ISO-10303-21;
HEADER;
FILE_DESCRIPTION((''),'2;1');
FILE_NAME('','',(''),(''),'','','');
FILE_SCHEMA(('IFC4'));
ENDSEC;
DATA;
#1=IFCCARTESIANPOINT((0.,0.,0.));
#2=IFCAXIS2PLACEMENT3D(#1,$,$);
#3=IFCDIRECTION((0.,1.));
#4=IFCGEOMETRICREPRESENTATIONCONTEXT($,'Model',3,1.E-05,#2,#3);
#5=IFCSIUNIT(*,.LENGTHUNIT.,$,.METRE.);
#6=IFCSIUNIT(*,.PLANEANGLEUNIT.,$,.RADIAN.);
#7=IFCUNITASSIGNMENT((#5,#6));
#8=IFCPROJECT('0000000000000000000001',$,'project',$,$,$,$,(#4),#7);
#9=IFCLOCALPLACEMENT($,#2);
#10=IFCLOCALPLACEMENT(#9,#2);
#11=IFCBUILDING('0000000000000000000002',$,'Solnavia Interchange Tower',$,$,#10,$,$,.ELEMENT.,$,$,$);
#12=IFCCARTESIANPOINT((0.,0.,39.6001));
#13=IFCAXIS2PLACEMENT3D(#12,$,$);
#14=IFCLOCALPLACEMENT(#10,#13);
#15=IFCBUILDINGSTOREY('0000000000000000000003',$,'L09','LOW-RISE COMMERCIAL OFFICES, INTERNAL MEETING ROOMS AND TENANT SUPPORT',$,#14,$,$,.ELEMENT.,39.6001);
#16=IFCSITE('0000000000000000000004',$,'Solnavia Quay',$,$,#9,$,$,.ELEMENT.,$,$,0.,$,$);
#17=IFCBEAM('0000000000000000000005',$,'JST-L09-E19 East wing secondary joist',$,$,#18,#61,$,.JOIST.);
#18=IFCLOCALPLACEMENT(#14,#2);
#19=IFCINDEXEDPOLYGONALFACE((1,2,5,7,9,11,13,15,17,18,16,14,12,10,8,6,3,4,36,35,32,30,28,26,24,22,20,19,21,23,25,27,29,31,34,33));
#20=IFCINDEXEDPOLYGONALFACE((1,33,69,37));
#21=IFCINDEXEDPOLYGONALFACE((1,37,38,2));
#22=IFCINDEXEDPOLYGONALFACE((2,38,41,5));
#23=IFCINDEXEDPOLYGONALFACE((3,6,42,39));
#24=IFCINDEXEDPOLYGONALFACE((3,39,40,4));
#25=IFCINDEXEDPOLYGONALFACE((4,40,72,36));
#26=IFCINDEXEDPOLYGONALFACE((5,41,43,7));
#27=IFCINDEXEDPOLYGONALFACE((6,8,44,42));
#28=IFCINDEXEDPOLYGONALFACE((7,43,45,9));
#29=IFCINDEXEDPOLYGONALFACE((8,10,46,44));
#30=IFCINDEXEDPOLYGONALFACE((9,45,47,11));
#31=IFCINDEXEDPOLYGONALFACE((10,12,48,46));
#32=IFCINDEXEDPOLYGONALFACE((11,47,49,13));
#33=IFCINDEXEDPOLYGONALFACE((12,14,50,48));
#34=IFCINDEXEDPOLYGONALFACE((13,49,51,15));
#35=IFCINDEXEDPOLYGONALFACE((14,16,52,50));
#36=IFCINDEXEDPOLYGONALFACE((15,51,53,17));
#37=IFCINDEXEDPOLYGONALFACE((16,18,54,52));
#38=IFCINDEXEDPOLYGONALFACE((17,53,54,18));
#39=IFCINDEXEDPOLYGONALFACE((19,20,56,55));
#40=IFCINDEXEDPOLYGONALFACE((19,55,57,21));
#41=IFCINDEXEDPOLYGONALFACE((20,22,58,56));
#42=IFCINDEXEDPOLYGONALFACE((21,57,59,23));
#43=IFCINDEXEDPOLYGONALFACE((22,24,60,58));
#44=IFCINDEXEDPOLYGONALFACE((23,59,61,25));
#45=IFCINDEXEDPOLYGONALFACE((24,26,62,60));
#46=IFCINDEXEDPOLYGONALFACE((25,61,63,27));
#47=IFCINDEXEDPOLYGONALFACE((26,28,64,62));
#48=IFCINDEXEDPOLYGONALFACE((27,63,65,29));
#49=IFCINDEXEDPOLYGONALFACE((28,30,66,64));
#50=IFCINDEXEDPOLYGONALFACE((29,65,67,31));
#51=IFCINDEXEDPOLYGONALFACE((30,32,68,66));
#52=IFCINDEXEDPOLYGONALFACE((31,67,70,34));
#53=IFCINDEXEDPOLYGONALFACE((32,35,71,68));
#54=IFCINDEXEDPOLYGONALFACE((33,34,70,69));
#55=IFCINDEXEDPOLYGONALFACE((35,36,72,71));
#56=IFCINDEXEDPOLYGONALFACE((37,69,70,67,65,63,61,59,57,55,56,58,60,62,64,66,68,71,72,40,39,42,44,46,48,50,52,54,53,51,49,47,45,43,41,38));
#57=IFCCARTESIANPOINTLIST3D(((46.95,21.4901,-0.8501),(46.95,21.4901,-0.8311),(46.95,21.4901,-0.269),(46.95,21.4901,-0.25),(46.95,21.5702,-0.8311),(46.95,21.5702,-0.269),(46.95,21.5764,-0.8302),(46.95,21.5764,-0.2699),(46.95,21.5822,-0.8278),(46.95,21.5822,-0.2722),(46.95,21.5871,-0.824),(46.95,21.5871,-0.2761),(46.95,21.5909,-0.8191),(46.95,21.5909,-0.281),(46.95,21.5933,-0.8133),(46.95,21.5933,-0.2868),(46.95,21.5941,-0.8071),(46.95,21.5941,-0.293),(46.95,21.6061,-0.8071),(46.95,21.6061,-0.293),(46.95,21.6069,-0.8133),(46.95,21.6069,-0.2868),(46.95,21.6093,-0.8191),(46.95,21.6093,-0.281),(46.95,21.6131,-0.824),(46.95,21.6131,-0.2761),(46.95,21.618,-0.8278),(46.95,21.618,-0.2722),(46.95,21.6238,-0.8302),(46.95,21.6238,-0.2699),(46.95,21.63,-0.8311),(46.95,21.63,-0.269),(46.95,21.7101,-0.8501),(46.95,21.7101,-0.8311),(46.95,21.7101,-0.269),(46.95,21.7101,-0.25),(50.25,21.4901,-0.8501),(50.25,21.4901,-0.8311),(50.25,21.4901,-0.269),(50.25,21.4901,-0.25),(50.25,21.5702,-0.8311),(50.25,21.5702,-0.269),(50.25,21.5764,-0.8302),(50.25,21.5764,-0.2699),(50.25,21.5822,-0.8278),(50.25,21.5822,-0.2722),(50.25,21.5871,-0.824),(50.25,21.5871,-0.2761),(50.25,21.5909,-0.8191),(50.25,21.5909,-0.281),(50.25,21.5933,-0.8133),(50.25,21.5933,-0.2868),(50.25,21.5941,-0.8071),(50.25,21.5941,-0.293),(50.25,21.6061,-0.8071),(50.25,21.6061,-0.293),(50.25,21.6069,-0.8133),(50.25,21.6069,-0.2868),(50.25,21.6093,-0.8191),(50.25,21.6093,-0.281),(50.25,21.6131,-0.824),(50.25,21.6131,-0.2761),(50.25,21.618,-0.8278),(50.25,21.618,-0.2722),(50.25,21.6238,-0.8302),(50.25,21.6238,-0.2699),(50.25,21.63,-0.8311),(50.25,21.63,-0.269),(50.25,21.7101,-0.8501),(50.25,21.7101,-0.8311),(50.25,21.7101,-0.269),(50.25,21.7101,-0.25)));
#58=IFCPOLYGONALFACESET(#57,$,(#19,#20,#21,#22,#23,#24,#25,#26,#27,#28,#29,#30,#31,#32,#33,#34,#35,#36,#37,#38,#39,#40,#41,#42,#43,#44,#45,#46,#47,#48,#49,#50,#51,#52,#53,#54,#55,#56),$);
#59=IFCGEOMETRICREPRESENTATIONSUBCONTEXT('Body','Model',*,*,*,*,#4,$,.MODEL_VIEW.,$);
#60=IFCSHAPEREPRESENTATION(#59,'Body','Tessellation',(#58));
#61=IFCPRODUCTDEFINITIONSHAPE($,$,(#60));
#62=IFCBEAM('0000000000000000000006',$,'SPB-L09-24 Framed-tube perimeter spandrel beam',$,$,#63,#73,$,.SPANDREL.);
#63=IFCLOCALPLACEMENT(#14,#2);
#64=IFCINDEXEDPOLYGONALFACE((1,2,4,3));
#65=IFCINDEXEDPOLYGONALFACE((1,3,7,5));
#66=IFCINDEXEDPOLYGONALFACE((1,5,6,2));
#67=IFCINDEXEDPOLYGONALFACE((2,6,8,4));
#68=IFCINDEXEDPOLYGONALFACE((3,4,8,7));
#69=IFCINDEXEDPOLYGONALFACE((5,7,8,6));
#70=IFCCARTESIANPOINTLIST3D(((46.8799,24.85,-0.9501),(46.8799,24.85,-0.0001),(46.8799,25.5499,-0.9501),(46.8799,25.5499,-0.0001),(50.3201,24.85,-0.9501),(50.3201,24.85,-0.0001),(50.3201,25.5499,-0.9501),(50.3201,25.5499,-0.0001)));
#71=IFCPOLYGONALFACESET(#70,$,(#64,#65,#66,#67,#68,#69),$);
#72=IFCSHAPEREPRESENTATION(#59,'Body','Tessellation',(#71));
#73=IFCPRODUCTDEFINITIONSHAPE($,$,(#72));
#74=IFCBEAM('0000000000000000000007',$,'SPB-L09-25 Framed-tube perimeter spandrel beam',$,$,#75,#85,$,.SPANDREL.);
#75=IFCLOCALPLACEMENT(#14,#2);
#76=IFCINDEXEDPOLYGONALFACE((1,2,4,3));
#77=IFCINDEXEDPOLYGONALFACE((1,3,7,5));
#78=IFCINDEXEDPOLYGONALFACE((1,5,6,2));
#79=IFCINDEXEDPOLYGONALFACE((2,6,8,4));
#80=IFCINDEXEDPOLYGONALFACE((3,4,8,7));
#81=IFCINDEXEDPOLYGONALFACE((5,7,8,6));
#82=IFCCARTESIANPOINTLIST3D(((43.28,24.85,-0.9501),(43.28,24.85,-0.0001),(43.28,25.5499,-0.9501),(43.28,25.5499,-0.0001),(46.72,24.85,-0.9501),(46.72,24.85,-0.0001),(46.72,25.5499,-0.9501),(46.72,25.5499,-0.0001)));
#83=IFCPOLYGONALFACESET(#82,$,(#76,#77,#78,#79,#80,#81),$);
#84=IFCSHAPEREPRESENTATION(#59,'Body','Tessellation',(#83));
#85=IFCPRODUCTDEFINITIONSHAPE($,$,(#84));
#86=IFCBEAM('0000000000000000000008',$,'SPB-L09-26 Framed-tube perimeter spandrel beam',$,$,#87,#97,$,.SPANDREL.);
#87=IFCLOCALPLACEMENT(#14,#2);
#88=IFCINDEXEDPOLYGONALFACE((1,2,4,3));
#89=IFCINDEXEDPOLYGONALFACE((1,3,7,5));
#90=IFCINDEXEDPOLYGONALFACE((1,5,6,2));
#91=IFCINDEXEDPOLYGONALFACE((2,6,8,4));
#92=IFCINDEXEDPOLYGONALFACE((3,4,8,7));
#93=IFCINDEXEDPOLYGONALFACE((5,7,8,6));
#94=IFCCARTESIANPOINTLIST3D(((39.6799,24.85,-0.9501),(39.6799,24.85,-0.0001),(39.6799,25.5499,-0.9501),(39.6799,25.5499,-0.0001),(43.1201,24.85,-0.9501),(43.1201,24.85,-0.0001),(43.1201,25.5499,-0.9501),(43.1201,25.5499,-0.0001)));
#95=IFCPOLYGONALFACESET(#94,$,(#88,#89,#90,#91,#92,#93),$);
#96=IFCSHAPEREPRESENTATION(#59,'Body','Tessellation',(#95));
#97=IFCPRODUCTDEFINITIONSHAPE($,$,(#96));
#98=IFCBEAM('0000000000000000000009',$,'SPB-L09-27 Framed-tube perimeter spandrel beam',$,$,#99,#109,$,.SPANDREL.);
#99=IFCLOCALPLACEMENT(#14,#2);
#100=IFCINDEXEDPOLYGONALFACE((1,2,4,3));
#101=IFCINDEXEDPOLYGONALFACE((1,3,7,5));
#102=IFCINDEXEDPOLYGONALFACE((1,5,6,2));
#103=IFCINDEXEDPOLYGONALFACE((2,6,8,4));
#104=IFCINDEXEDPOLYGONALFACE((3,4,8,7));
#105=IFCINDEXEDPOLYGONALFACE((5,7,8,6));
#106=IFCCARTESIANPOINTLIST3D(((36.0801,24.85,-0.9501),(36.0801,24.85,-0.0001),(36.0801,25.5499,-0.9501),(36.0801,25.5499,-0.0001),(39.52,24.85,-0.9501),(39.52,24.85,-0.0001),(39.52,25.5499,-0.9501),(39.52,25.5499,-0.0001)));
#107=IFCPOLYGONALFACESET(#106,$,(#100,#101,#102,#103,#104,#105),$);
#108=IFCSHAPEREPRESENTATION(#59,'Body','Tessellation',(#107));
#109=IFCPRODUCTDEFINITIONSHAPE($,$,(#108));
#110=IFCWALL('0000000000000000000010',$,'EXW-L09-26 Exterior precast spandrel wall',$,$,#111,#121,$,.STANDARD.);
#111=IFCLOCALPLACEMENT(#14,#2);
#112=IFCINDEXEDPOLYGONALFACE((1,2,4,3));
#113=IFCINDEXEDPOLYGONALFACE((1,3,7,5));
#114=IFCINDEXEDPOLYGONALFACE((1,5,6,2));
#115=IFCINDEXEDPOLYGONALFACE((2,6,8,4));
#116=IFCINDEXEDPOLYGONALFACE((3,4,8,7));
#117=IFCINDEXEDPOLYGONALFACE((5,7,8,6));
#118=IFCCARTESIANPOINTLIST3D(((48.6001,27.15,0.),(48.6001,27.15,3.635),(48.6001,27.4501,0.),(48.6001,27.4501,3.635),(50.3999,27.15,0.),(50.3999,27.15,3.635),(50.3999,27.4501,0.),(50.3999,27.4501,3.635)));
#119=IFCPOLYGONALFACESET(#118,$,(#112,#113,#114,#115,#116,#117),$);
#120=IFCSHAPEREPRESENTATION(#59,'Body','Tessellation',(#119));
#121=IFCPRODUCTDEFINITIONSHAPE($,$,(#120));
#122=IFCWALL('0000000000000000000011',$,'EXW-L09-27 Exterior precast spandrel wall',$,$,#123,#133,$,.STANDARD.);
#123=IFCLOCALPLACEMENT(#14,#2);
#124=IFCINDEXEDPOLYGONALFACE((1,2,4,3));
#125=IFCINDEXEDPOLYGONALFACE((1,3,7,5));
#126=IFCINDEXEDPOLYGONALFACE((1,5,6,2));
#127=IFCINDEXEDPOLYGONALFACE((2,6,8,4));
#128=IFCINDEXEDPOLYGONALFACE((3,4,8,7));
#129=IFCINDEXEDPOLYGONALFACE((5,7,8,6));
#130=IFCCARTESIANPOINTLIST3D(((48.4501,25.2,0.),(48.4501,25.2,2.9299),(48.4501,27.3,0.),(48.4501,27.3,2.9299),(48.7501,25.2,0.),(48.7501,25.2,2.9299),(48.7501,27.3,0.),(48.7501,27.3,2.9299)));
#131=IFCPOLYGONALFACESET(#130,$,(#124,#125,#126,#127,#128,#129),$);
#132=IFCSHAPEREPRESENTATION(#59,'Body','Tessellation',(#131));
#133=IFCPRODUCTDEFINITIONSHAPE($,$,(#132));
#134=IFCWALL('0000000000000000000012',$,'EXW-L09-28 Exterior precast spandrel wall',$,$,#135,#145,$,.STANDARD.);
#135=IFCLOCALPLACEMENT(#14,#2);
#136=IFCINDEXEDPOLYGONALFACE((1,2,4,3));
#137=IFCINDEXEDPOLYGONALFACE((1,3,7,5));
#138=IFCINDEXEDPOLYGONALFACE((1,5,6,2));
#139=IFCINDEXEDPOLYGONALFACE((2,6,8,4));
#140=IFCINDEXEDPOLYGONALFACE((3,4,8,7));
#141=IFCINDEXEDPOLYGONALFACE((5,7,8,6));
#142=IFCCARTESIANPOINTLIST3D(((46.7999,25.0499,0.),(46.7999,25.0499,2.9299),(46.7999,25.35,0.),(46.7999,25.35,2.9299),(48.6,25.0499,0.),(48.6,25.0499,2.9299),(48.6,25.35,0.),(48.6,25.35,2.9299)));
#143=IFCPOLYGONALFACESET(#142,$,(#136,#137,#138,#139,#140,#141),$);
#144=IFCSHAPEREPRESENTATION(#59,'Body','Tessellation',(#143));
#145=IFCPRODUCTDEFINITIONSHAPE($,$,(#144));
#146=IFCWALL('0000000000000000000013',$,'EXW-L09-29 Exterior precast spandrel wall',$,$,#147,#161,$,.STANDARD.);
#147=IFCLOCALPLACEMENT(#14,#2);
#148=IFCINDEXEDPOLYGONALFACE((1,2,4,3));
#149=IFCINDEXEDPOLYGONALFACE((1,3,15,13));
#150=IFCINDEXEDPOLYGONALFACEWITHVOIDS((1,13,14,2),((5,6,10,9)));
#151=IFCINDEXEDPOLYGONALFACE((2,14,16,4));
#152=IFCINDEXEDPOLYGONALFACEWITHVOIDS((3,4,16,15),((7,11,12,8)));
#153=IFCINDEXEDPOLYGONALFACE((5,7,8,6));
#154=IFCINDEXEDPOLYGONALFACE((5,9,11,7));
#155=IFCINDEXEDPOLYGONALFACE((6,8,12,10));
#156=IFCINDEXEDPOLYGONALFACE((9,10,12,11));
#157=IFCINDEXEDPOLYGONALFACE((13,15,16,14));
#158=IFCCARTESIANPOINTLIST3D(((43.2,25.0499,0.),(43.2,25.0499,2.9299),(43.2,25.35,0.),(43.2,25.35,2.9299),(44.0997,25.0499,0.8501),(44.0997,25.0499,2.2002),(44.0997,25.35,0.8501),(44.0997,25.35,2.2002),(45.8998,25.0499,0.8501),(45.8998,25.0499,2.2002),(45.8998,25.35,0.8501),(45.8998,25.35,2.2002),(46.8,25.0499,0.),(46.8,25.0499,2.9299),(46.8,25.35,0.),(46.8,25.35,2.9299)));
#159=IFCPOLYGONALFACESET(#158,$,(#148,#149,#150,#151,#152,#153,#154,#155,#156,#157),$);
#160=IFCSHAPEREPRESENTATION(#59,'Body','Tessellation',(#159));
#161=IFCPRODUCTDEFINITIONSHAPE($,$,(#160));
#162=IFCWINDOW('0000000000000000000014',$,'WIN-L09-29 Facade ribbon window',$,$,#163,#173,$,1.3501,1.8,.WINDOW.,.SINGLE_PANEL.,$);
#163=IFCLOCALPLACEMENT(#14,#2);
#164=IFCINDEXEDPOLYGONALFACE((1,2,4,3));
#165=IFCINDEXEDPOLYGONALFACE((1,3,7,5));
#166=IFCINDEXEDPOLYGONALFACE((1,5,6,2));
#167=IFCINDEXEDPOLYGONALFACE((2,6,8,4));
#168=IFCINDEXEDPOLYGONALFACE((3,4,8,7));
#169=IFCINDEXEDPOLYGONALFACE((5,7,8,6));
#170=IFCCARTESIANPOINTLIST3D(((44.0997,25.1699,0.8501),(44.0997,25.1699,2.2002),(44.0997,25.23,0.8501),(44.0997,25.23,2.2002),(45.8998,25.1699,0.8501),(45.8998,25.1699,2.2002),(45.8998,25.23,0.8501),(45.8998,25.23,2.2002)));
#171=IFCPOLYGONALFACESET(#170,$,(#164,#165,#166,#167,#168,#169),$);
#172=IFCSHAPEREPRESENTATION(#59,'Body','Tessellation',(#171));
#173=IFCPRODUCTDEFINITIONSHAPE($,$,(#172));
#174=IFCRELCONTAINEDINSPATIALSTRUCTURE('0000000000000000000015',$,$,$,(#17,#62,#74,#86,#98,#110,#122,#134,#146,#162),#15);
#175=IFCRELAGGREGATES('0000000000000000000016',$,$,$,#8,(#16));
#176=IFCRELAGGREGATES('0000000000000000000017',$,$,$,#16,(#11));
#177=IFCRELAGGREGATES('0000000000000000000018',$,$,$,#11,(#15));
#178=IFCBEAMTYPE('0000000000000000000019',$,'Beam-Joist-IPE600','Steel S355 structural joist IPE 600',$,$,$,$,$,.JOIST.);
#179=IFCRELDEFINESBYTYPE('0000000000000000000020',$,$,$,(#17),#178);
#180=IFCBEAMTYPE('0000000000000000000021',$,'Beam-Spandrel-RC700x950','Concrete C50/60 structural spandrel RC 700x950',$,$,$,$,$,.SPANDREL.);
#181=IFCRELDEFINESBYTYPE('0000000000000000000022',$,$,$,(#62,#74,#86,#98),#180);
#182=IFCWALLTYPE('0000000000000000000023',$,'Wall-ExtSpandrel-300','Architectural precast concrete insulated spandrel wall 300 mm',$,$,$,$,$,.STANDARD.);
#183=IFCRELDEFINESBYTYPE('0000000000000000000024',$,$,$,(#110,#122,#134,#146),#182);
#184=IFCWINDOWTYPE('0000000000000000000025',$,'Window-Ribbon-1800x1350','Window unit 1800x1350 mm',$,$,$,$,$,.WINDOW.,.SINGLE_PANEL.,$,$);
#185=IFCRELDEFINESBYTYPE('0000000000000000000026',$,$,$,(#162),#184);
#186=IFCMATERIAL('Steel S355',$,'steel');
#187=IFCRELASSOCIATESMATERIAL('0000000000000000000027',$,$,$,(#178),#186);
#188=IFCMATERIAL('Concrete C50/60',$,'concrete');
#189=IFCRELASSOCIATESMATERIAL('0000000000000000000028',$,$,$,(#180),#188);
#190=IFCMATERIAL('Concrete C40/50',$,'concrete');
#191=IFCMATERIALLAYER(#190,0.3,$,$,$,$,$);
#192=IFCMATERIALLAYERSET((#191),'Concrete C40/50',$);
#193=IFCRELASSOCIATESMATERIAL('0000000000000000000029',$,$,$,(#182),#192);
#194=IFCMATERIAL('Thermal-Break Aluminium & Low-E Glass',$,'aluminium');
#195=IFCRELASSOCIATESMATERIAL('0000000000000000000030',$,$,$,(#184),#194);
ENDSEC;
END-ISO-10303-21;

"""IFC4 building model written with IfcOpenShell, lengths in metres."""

from ifc_helpers import new_model, si_unit, direction, frame, frame_2d, origin, origin_2d, place, context, subcontext, project, spatial, rectangle, i_section, extrude, material, layer, layer_set, material_profile, profile_set, type_object, element, fill, save


model = new_model("IFC4")

# Units and contexts
model_context = context("Model", 3, precision=1e-05, world=origin(), true_north=direction((0.0, 1.0)))
body_context = subcontext(model_context, "Body", "Model", "MODEL_VIEW")
ifc_project = project(units=[si_unit("LENGTHUNIT", "METRE"), si_unit("PLANEANGLEUNIT", "RADIAN")], contexts=[model_context])

# Site, building, storey
site_placement = place(None, origin())
site = spatial("IfcSite", under=ifc_project, at=site_placement, Name="Solnavia Quay", CompositionType="ELEMENT", RefElevation=0.0)
building_placement = place(site_placement, origin())
building = spatial("IfcBuilding", under=site, at=building_placement, Name="Solnavia Interchange Tower", CompositionType="ELEMENT")
storey_placement = place(building_placement, frame((0.0, 0.0, 39.6001)))
storey = spatial("IfcBuildingStorey", under=building, at=storey_placement, Name="L09", Description="LOW-RISE COMMERCIAL OFFICES, INTERNAL MEETING ROOMS AND TENANT SUPPORT", CompositionType="ELEMENT", Elevation=39.6001)

# Beams
ifc_material_1 = material(Name="Steel S355", Category="steel")
ifc_material_profile_1 = material_profile(ifc_material_1, i_section(OverallWidth=0.22, OverallDepth=0.6001, WebThickness=0.012, FlangeThickness=0.019, FilletRadius=0.0239, at=origin_2d()), Name="IPE 600")
ifc_profile_set_1 = profile_set([ifc_material_profile_1], Name="Steel S355")
beam_type_1 = type_object("IfcBeamType", Name="Beam-Joist-IPE600", Description="Steel S355 structural joist IPE 600", PredefinedType="JOIST", material=ifc_profile_set_1)
for number, where, z_axis, x_axis, name in (
    (1, (46.95, 21.6001, -0.55), (1.0, 0.0, 0.0), (0.0, 1.0, 0.0), "JST-L09-E19 East wing secondary joist"),
):
    element("IfcBeam", number, at=place(storey_placement, frame(where, z_axis=z_axis, x_axis=x_axis)), inside=storey, type_object=beam_type_1, Name=name, PredefinedType="JOIST", context=body_context, shape_type="SweptSolid", body=[
        extrude(i_section(OverallWidth=0.22, OverallDepth=0.6001, WebThickness=0.012, FlangeThickness=0.019, FilletRadius=0.0239, at=origin_2d()), origin(), (0.0, 0.0, 1.0), 3.3),
    ])
ifc_material_2 = material(Name="Concrete C50/60", Category="concrete")
ifc_material_profile_2 = material_profile(ifc_material_2, rectangle(XDim=0.7, YDim=0.95, at=origin_2d()), Name="RC 700x950")
ifc_profile_set_2 = profile_set([ifc_material_profile_2], Name="Concrete C50/60")
beam_type_2 = type_object("IfcBeamType", Name="Beam-Spandrel-RC700x950", Description="Concrete C50/60 structural spandrel RC 700x950", PredefinedType="SPANDREL", material=ifc_profile_set_2)
beam_1_placement = place(storey_placement, frame((50.3201, 25.2, -0.4751), z_axis=(-1.0, 0.0, 0.0), x_axis=(0.0, -1.0, 0.0)))
element("IfcBeam", 2, at=beam_1_placement, inside=storey, type_object=beam_type_2, Name="SPB-L09-24 Framed-tube perimeter spandrel beam", PredefinedType="SPANDREL", context=body_context, shape_type="SweptSolid", body=[
    extrude(rectangle(XDim=0.7, YDim=0.95, at=origin_2d()), origin(), (0.0, 0.0, 1.0), 3.4402),
])
beam_2_placement = place(storey_placement, frame((46.72, 25.2, -0.4751), z_axis=(-1.0, 0.0, 0.0), x_axis=(0.0, -1.0, 0.0)))
element("IfcBeam", 3, at=beam_2_placement, inside=storey, type_object=beam_type_2, Name="SPB-L09-25 Framed-tube perimeter spandrel beam", PredefinedType="SPANDREL", context=body_context, shape_type="SweptSolid", body=[
    extrude(rectangle(XDim=0.7, YDim=0.95, at=origin_2d()), origin(), (0.0, 0.0, 1.0), 3.4399),
])
beam_3_placement = place(storey_placement, frame((43.1201, 25.2, -0.4751), z_axis=(-1.0, 0.0, 0.0), x_axis=(0.0, -1.0, 0.0)))
element("IfcBeam", 4, at=beam_3_placement, inside=storey, type_object=beam_type_2, Name="SPB-L09-26 Framed-tube perimeter spandrel beam", PredefinedType="SPANDREL", context=body_context, shape_type="SweptSolid", body=[
    extrude(rectangle(XDim=0.7, YDim=0.95, at=origin_2d()), origin(), (0.0, 0.0, 1.0), 3.4402),
])
beam_4_placement = place(storey_placement, frame((39.52, 25.2, -0.4751), z_axis=(-1.0, 0.0, 0.0), x_axis=(0.0, -1.0, 0.0)))
element("IfcBeam", 5, at=beam_4_placement, inside=storey, type_object=beam_type_2, Name="SPB-L09-27 Framed-tube perimeter spandrel beam", PredefinedType="SPANDREL", context=body_context, shape_type="SweptSolid", body=[
    extrude(rectangle(XDim=0.7, YDim=0.95, at=origin_2d()), origin(), (0.0, 0.0, 1.0), 3.4399),
])

# Walls
ifc_material_3 = material(Name="Concrete C40/50", Category="concrete")
ifc_layer_1 = layer(ifc_material_3, 0.3)
ifc_layer_set_1 = layer_set([ifc_layer_1], Name="Concrete C40/50")
wall_type_1 = type_object("IfcWallType", Name="Wall-ExtSpandrel-300", Description="Architectural precast concrete insulated spandrel wall 300 mm", PredefinedType="STANDARD", material=ifc_layer_set_1)
wall_1_placement = place(storey_placement, frame((48.6001, 27.3, 0.0), z_axis=(0.0, 0.0, 1.0), x_axis=(1.0, 0.0, 0.0)))
element("IfcWall", 6, at=wall_1_placement, inside=storey, type_object=wall_type_1, Name="EXW-L09-26 Exterior precast spandrel wall", PredefinedType="STANDARD", context=body_context, shape_type="SweptSolid", body=[
    extrude(rectangle(XDim=1.7998, YDim=0.3, at=frame_2d((0.8999, 0.0))), origin(), (0.0, 0.0, 1.0), 3.635),
])
wall_2_placement = place(storey_placement, frame((48.6001, 27.3, 0.0), z_axis=(0.0, 0.0, 1.0), x_axis=(0.0, -1.0, 0.0)))
element("IfcWall", 7, at=wall_2_placement, inside=storey, type_object=wall_type_1, Name="EXW-L09-27 Exterior precast spandrel wall", PredefinedType="STANDARD", context=body_context, shape_type="SweptSolid", body=[
    extrude(rectangle(XDim=2.1001, YDim=0.3, at=frame_2d((1.05, 0.0))), origin(), (0.0, 0.0, 1.0), 2.9299),
])
wall_3_placement = place(storey_placement, frame((46.8, 25.2, 0.0), z_axis=(0.0, 0.0, 1.0), x_axis=(1.0, 0.0, 0.0)))
element("IfcWall", 8, at=wall_3_placement, inside=storey, type_object=wall_type_1, Name="EXW-L09-28 Exterior precast spandrel wall", PredefinedType="STANDARD", context=body_context, shape_type="SweptSolid", body=[
    extrude(rectangle(XDim=1.8, YDim=0.3, at=frame_2d((0.8999, 0.0))), origin(), (0.0, 0.0, 1.0), 2.9299),
])

# Wall, opening, window
wall_4_placement = place(storey_placement, frame((43.2, 25.2, 0.0), z_axis=(0.0, 0.0, 1.0), x_axis=(1.0, 0.0, 0.0)))
wall_4 = element("IfcWall", 9, at=wall_4_placement, inside=storey, type_object=wall_type_1, Name="EXW-L09-29 Exterior precast spandrel wall", PredefinedType="STANDARD", context=body_context, shape_type="SweptSolid", body=[
    extrude(rectangle(XDim=3.6001, YDim=0.3, at=frame_2d((1.8, 0.0))), origin(), (0.0, 0.0, 1.0), 2.9299),
])
opening_1_placement = place(wall_4_placement, frame((0.8999, 0.0, 0.8501)))
opening_1 = element("IfcOpeningElement", 10, at=opening_1_placement, cuts=wall_4, PredefinedType="OPENING", context=body_context, shape_type="SweptSolid", body=[
    extrude(rectangle(XDim=1.8, YDim=1.3501, at=frame_2d((0.8999, 0.675))), frame((0.0, 0.1602, 0.0), z_axis=(0.0, -1.0, 0.0), x_axis=(1.0, 0.0, 0.0)), (0.0, 0.0, 1.0), 0.3201),
])
ifc_material_4 = material(Name="Thermal-Break Aluminium & Low-E Glass", Category="aluminium")
window_type = type_object("IfcWindowType", Name="Window-Ribbon-1800x1350", Description="Window unit 1800x1350 mm", PartitioningType="SINGLE_PANEL", PredefinedType="WINDOW", material=ifc_material_4)
window_1_placement = place(opening_1_placement, origin())
window_1 = element("IfcWindow", 11, at=window_1_placement, inside=storey, type_object=window_type, Name="WIN-L09-29 Facade ribbon window", OverallHeight=1.3501, OverallWidth=1.8, PartitioningType="SINGLE_PANEL", PredefinedType="WINDOW", context=body_context, shape_type="SweptSolid", body=[
    extrude(rectangle(XDim=1.8, YDim=1.3501, at=frame_2d((0.8999, 0.675))), frame((0.0, 0.03, 0.0), z_axis=(0.0, -1.0, 0.0), x_axis=(1.0, 0.0, 0.0)), (0.0, 0.0, 1.0), 0.0601),
])
fill(opening_1, window_1)

save(model, "model.ifc")
